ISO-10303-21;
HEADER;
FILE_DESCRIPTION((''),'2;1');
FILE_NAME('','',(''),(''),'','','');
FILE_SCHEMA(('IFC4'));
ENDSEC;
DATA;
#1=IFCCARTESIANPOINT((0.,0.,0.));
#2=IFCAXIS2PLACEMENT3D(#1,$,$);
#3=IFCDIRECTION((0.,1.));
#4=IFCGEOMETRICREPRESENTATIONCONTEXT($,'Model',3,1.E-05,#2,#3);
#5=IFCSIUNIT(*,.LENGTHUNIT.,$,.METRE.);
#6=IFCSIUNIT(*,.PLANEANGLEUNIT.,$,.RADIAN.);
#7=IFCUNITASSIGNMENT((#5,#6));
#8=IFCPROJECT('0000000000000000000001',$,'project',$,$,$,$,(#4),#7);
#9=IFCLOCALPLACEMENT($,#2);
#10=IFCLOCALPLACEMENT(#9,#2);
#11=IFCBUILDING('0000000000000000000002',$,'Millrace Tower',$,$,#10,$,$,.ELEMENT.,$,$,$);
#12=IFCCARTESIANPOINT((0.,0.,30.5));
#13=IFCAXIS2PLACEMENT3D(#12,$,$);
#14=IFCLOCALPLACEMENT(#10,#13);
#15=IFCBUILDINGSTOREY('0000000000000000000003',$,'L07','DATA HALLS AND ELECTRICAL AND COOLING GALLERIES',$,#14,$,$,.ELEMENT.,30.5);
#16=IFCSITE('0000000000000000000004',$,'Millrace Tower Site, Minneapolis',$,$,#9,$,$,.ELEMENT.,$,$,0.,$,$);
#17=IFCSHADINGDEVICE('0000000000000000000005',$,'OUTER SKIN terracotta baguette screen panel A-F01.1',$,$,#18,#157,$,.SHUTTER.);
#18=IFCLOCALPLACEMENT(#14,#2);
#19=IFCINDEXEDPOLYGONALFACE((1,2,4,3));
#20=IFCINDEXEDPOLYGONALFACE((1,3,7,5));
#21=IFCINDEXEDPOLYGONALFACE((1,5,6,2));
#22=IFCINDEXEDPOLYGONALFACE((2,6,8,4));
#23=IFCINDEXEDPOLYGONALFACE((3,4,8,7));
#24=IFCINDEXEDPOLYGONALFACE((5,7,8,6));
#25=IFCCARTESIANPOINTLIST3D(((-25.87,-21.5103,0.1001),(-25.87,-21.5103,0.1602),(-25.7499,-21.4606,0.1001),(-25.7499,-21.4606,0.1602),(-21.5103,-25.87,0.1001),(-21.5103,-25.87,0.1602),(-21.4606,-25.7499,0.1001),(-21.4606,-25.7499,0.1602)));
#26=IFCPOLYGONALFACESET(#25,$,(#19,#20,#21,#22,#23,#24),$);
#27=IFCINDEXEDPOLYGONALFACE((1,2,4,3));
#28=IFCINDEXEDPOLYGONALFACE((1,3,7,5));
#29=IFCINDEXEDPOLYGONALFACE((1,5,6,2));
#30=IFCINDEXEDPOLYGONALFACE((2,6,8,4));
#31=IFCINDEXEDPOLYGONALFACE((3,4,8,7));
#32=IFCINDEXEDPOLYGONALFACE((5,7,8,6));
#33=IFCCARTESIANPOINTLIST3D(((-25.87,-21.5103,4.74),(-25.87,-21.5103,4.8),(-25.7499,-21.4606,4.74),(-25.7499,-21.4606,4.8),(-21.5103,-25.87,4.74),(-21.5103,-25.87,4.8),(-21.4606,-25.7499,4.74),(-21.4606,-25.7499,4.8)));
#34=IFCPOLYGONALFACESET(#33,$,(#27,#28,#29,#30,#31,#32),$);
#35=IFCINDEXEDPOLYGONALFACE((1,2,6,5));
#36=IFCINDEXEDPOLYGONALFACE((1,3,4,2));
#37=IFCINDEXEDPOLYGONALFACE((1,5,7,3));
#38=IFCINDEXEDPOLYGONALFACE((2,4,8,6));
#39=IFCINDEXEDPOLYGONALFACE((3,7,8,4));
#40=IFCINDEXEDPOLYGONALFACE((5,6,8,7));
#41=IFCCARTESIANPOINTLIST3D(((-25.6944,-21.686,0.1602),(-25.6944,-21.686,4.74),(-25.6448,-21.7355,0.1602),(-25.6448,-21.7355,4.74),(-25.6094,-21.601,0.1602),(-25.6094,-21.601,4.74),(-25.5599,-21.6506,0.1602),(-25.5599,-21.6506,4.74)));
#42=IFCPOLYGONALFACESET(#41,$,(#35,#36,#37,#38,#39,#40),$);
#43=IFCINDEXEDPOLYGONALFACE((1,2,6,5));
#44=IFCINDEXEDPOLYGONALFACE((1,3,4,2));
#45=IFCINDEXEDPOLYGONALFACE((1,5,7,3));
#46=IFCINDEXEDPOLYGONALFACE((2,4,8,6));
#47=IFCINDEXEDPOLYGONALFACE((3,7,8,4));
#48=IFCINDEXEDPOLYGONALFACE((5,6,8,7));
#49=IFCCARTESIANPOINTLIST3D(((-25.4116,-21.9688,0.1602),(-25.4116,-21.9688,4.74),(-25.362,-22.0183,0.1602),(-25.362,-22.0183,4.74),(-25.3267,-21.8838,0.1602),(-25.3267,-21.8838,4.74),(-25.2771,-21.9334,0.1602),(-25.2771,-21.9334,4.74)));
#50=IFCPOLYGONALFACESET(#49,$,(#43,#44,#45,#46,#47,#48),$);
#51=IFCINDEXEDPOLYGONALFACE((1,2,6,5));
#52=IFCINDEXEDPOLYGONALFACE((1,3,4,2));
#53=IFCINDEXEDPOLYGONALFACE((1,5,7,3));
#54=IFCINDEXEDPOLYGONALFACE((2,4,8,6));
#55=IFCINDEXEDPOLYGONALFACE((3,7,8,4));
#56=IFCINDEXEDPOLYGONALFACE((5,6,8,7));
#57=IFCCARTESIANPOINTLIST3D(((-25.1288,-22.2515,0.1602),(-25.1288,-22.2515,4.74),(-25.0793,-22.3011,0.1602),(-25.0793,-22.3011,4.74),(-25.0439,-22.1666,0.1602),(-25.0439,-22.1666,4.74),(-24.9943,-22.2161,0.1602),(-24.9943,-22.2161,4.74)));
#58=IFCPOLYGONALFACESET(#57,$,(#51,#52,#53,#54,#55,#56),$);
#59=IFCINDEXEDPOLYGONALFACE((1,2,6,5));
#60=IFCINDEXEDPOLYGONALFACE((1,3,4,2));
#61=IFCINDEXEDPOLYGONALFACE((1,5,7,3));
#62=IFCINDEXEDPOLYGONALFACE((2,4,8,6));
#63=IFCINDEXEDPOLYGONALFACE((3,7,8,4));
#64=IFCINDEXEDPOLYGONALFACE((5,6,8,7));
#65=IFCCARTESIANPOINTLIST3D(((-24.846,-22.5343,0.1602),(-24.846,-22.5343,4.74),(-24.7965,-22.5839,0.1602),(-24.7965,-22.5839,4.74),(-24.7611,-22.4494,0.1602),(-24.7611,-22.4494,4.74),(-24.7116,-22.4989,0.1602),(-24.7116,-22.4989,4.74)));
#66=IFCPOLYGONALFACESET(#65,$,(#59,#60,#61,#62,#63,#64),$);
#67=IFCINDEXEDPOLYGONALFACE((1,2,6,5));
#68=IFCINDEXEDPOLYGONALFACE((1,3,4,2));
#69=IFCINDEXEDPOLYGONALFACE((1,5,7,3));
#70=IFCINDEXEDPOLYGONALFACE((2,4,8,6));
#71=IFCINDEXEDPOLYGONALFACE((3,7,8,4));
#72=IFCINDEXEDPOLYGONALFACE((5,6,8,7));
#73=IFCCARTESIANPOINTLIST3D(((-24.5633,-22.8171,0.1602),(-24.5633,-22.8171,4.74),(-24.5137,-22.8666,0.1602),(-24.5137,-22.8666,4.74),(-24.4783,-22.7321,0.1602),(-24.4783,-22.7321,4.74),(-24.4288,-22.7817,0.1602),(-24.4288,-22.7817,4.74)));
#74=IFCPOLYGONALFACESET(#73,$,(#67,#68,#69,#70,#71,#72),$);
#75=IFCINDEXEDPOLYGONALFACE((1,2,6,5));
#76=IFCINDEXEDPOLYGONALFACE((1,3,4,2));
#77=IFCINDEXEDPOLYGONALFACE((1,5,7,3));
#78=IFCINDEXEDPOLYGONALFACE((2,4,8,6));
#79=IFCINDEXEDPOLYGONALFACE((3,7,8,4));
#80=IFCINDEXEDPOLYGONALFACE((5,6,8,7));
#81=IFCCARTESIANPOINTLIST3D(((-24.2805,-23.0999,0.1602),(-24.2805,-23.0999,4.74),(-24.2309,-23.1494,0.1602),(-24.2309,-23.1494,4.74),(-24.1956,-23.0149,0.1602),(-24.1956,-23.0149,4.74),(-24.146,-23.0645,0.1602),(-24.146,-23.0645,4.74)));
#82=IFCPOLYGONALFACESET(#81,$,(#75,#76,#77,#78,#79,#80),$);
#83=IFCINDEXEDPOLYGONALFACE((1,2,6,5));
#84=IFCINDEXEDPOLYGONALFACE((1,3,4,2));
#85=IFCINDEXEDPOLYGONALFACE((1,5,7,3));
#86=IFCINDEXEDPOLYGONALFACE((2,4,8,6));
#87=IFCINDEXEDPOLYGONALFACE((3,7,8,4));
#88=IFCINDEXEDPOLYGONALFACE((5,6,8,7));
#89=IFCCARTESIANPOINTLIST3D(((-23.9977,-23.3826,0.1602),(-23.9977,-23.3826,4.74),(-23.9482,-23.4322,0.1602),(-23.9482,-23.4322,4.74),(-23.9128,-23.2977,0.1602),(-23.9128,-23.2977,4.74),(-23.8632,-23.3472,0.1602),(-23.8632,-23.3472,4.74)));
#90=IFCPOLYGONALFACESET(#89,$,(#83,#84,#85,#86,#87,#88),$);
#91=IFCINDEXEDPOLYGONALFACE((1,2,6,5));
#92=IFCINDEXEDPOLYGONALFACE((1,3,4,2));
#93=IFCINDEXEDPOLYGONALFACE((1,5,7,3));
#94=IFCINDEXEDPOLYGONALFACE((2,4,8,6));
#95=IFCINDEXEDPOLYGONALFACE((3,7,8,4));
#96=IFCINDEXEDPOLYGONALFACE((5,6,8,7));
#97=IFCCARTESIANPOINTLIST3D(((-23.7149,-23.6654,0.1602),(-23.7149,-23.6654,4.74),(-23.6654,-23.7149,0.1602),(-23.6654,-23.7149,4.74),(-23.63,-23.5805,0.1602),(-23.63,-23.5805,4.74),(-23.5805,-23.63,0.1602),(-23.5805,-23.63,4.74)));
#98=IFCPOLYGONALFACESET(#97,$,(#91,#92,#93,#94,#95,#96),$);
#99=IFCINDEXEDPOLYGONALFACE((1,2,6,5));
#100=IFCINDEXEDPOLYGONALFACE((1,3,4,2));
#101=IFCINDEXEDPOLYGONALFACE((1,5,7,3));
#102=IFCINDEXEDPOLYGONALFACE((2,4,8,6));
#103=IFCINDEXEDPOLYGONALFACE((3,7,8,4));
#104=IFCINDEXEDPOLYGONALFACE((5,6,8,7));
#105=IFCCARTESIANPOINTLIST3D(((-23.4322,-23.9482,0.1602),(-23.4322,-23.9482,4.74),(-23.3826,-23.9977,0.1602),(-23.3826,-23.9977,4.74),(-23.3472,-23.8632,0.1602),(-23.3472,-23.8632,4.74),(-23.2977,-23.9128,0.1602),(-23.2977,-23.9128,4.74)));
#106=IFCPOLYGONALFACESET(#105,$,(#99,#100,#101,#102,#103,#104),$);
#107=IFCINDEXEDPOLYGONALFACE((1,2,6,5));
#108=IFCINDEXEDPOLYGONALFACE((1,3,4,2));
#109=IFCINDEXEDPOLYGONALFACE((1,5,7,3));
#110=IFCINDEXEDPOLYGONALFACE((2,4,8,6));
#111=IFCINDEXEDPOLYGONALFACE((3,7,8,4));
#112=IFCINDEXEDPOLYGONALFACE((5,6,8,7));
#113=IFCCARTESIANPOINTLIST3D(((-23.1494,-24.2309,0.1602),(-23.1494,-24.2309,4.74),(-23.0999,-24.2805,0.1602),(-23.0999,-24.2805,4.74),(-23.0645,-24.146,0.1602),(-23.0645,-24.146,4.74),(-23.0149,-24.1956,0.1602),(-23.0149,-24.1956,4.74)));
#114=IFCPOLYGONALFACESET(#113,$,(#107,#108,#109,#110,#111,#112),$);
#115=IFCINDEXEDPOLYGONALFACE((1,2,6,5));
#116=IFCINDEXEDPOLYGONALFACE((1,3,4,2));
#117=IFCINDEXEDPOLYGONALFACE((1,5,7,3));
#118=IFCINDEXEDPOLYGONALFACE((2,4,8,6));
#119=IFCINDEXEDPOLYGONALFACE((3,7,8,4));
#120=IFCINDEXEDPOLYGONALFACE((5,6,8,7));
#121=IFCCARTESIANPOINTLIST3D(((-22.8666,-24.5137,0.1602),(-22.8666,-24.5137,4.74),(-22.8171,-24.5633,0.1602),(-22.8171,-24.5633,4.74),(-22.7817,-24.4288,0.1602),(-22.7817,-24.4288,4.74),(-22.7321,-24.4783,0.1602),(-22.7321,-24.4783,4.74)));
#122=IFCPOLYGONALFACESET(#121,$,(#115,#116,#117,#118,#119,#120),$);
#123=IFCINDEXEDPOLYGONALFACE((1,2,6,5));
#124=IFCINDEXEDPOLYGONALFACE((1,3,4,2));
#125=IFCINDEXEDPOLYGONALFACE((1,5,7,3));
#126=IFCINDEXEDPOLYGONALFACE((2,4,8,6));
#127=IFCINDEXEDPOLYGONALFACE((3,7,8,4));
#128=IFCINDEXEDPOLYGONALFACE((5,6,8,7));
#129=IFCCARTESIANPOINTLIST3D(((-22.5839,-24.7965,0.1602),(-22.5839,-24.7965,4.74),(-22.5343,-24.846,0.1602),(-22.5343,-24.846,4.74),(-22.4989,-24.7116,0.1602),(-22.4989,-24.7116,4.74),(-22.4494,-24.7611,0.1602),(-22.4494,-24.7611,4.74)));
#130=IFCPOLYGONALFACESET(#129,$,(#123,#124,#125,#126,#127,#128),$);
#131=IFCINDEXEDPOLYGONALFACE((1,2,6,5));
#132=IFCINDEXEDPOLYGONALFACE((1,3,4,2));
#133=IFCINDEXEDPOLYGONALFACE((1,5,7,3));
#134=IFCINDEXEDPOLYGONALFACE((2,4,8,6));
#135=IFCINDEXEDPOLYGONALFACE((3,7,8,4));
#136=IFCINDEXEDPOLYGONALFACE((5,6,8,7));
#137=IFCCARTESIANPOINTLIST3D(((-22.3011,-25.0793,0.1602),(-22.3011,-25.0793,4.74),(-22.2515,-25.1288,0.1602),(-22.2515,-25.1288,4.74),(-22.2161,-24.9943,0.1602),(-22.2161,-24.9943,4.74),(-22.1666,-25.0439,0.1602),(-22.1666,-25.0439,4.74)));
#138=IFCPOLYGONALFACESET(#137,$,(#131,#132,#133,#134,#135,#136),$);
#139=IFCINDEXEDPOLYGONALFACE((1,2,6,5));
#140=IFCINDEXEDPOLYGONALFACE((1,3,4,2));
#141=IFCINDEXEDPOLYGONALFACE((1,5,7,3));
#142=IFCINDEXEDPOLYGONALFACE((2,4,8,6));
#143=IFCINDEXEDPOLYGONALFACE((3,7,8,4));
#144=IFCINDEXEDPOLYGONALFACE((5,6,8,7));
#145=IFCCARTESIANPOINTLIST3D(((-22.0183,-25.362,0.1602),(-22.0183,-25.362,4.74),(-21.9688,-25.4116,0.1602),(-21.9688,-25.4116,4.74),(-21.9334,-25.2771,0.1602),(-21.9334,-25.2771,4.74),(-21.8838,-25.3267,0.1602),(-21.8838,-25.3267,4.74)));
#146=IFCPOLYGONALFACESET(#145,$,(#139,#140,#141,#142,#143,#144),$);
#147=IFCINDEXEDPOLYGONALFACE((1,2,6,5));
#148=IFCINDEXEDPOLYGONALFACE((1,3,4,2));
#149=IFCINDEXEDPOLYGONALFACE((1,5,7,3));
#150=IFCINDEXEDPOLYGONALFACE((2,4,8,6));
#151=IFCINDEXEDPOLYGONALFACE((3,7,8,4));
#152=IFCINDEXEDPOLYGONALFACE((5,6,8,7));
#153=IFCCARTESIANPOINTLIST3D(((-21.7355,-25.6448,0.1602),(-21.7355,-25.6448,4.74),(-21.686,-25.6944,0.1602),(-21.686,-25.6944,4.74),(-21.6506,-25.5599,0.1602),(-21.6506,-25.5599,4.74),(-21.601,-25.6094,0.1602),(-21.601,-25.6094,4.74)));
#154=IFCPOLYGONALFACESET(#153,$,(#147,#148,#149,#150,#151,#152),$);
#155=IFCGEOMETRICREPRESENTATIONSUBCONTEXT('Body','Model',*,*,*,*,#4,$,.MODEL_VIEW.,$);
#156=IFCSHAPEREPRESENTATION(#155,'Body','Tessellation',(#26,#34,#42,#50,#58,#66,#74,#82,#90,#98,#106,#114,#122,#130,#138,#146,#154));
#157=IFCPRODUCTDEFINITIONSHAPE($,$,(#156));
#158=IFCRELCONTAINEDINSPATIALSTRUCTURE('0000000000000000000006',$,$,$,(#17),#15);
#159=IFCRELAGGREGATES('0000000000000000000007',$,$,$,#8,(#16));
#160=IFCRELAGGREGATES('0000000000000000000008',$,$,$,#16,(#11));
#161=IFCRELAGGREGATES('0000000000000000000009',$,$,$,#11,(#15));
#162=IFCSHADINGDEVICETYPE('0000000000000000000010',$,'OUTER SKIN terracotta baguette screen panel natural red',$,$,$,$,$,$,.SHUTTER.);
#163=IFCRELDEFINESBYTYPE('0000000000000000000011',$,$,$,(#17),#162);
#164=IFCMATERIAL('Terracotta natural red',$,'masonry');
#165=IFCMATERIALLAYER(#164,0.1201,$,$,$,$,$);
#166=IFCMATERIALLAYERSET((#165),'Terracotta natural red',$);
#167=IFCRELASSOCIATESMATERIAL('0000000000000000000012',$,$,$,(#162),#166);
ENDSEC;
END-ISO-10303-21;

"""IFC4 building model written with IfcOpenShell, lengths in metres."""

from ifc_helpers import new_model, entity, si_unit, direction, frame, frame_2d, origin, origin_2d, place, context, subcontext, project, spatial, rectangle, extrude, source, transform, mapped, material, layer, layer_set, type_object, element, save


model = new_model("IFC4")

# Units and contexts
model_context = context("Model", 3, precision=1e-05, world=origin(), true_north=direction((0.0, 1.0)))
body_context = subcontext(model_context, "Body", "Model", "MODEL_VIEW")
ifc_project = project(units=[si_unit("LENGTHUNIT", "METRE"), si_unit("PLANEANGLEUNIT", "RADIAN")], contexts=[model_context])

# Site, building, storey
site_placement = place(None, origin())
site = spatial("IfcSite", under=ifc_project, at=site_placement, Name="Millrace Tower Site, Minneapolis", CompositionType="ELEMENT", RefElevation=0.0)
building_placement = place(site_placement, origin())
building = spatial("IfcBuilding", under=site, at=building_placement, Name="Millrace Tower", CompositionType="ELEMENT")
storey_placement = place(building_placement, frame((0.0, 0.0, 30.5)))
storey = spatial("IfcBuildingStorey", under=building, at=storey_placement, Name="L07", Description="DATA HALLS AND ELECTRICAL AND COOLING GALLERIES", CompositionType="ELEMENT", Elevation=30.5)

# Shading device
ifc_material_1 = material(Name="Terracotta natural red", Category="masonry")
ifc_layer_1 = layer(ifc_material_1, 0.1201)
ifc_layer_set_1 = layer_set([ifc_layer_1], Name="Terracotta natural red")
shading_device_type_1 = type_object("IfcShadingDeviceType", Name="OUTER SKIN terracotta baguette screen panel natural red", PredefinedType="SHUTTER", material=ifc_layer_set_1)
cartesian_point_1 = entity("IfcCartesianPoint", [-3.033, 0.0601])
shared_polyline_1 = entity("IfcPolyline", [cartesian_point_1, entity("IfcCartesianPoint", [3.033, 0.0601]), entity("IfcCartesianPoint", [3.0828, -0.0601]), entity("IfcCartesianPoint", [-3.0828, -0.0601]), cartesian_point_1])
shared_shape_1 = source(origin(), body_context, "Body", "SweptSolid", [
    entity("IfcExtrudedAreaSolid", entity("IfcArbitraryClosedProfileDef", "AREA", None, shared_polyline_1), entity("IfcAxis2Placement3D", entity("IfcCartesianPoint", [0.0, 0.0, 0.0])), entity("IfcDirection", [0.0, 0.0, 1.0]), 0.0601),
    entity("IfcExtrudedAreaSolid", entity("IfcArbitraryClosedProfileDef", "AREA", None, shared_polyline_1), entity("IfcAxis2Placement3D", entity("IfcCartesianPoint", [0.0, 0.0, 4.6399])), entity("IfcDirection", [0.0, 0.0, 1.0]), 0.0601),
    extrude(rectangle(XDim=0.0701, YDim=0.1201, at=frame_2d((-2.7993, 0.0))), frame((0.0, 0.0, 0.0601)), (0.0, 0.0, 1.0), 4.5798),
    extrude(rectangle(XDim=0.0701, YDim=0.1201, at=frame_2d((-2.3994, 0.0))), frame((0.0, 0.0, 0.0601)), (0.0, 0.0, 1.0), 4.5798),
    extrude(rectangle(XDim=0.0701, YDim=0.1201, at=frame_2d((-1.9995, 0.0))), frame((0.0, 0.0, 0.0601)), (0.0, 0.0, 1.0), 4.5798),
    extrude(rectangle(XDim=0.0701, YDim=0.1201, at=frame_2d((-1.5996, 0.0))), frame((0.0, 0.0, 0.0601)), (0.0, 0.0, 1.0), 4.5798),
    extrude(rectangle(XDim=0.0701, YDim=0.1201, at=frame_2d((-1.1997, 0.0))), frame((0.0, 0.0, 0.0601)), (0.0, 0.0, 1.0), 4.5798),
    extrude(rectangle(XDim=0.0701, YDim=0.1201, at=frame_2d((-0.7998, 0.0))), frame((0.0, 0.0, 0.0601)), (0.0, 0.0, 1.0), 4.5798),
    extrude(rectangle(XDim=0.0701, YDim=0.1201, at=frame_2d((-0.3999, 0.0))), frame((0.0, 0.0, 0.0601)), (0.0, 0.0, 1.0), 4.5798),
    extrude(rectangle(XDim=0.0701, YDim=0.1201, at=origin_2d()), frame((0.0, 0.0, 0.0601)), (0.0, 0.0, 1.0), 4.5798),
    extrude(rectangle(XDim=0.0701, YDim=0.1201, at=frame_2d((0.3999, 0.0))), frame((0.0, 0.0, 0.0601)), (0.0, 0.0, 1.0), 4.5798),
    extrude(rectangle(XDim=0.0701, YDim=0.1201, at=frame_2d((0.7998, 0.0))), frame((0.0, 0.0, 0.0601)), (0.0, 0.0, 1.0), 4.5798),
    extrude(rectangle(XDim=0.0701, YDim=0.1201, at=frame_2d((1.1997, 0.0))), frame((0.0, 0.0, 0.0601)), (0.0, 0.0, 1.0), 4.5798),
    extrude(rectangle(XDim=0.0701, YDim=0.1201, at=frame_2d((1.5996, 0.0))), frame((0.0, 0.0, 0.0601)), (0.0, 0.0, 1.0), 4.5798),
    extrude(rectangle(XDim=0.0701, YDim=0.1201, at=frame_2d((1.9995, 0.0))), frame((0.0, 0.0, 0.0601)), (0.0, 0.0, 1.0), 4.5798),
    extrude(rectangle(XDim=0.0701, YDim=0.1201, at=frame_2d((2.3994, 0.0))), frame((0.0, 0.0, 0.0601)), (0.0, 0.0, 1.0), 4.5798),
    extrude(rectangle(XDim=0.0701, YDim=0.1201, at=frame_2d((2.7993, 0.0))), frame((0.0, 0.0, 0.0601)), (0.0, 0.0, 1.0), 4.5798),
])
shading_device_1_placement = place(storey_placement, frame((-23.6477, -23.6477, 0.1001), z_axis=(0.0, 0.0, 1.0), x_axis=(0.707107, -0.707107, 0.0)))
element("IfcShadingDevice", 1, at=shading_device_1_placement, inside=storey, type_object=shading_device_type_1, Name="OUTER SKIN terracotta baguette screen panel A-F01.1", PredefinedType="SHUTTER", context=body_context, shape_type="MappedRepresentation", body=[
    mapped(shared_shape_1, transform((0.0, 0.0, 0.0), scale=1.0)),
])

save(model, "model.ifc")
